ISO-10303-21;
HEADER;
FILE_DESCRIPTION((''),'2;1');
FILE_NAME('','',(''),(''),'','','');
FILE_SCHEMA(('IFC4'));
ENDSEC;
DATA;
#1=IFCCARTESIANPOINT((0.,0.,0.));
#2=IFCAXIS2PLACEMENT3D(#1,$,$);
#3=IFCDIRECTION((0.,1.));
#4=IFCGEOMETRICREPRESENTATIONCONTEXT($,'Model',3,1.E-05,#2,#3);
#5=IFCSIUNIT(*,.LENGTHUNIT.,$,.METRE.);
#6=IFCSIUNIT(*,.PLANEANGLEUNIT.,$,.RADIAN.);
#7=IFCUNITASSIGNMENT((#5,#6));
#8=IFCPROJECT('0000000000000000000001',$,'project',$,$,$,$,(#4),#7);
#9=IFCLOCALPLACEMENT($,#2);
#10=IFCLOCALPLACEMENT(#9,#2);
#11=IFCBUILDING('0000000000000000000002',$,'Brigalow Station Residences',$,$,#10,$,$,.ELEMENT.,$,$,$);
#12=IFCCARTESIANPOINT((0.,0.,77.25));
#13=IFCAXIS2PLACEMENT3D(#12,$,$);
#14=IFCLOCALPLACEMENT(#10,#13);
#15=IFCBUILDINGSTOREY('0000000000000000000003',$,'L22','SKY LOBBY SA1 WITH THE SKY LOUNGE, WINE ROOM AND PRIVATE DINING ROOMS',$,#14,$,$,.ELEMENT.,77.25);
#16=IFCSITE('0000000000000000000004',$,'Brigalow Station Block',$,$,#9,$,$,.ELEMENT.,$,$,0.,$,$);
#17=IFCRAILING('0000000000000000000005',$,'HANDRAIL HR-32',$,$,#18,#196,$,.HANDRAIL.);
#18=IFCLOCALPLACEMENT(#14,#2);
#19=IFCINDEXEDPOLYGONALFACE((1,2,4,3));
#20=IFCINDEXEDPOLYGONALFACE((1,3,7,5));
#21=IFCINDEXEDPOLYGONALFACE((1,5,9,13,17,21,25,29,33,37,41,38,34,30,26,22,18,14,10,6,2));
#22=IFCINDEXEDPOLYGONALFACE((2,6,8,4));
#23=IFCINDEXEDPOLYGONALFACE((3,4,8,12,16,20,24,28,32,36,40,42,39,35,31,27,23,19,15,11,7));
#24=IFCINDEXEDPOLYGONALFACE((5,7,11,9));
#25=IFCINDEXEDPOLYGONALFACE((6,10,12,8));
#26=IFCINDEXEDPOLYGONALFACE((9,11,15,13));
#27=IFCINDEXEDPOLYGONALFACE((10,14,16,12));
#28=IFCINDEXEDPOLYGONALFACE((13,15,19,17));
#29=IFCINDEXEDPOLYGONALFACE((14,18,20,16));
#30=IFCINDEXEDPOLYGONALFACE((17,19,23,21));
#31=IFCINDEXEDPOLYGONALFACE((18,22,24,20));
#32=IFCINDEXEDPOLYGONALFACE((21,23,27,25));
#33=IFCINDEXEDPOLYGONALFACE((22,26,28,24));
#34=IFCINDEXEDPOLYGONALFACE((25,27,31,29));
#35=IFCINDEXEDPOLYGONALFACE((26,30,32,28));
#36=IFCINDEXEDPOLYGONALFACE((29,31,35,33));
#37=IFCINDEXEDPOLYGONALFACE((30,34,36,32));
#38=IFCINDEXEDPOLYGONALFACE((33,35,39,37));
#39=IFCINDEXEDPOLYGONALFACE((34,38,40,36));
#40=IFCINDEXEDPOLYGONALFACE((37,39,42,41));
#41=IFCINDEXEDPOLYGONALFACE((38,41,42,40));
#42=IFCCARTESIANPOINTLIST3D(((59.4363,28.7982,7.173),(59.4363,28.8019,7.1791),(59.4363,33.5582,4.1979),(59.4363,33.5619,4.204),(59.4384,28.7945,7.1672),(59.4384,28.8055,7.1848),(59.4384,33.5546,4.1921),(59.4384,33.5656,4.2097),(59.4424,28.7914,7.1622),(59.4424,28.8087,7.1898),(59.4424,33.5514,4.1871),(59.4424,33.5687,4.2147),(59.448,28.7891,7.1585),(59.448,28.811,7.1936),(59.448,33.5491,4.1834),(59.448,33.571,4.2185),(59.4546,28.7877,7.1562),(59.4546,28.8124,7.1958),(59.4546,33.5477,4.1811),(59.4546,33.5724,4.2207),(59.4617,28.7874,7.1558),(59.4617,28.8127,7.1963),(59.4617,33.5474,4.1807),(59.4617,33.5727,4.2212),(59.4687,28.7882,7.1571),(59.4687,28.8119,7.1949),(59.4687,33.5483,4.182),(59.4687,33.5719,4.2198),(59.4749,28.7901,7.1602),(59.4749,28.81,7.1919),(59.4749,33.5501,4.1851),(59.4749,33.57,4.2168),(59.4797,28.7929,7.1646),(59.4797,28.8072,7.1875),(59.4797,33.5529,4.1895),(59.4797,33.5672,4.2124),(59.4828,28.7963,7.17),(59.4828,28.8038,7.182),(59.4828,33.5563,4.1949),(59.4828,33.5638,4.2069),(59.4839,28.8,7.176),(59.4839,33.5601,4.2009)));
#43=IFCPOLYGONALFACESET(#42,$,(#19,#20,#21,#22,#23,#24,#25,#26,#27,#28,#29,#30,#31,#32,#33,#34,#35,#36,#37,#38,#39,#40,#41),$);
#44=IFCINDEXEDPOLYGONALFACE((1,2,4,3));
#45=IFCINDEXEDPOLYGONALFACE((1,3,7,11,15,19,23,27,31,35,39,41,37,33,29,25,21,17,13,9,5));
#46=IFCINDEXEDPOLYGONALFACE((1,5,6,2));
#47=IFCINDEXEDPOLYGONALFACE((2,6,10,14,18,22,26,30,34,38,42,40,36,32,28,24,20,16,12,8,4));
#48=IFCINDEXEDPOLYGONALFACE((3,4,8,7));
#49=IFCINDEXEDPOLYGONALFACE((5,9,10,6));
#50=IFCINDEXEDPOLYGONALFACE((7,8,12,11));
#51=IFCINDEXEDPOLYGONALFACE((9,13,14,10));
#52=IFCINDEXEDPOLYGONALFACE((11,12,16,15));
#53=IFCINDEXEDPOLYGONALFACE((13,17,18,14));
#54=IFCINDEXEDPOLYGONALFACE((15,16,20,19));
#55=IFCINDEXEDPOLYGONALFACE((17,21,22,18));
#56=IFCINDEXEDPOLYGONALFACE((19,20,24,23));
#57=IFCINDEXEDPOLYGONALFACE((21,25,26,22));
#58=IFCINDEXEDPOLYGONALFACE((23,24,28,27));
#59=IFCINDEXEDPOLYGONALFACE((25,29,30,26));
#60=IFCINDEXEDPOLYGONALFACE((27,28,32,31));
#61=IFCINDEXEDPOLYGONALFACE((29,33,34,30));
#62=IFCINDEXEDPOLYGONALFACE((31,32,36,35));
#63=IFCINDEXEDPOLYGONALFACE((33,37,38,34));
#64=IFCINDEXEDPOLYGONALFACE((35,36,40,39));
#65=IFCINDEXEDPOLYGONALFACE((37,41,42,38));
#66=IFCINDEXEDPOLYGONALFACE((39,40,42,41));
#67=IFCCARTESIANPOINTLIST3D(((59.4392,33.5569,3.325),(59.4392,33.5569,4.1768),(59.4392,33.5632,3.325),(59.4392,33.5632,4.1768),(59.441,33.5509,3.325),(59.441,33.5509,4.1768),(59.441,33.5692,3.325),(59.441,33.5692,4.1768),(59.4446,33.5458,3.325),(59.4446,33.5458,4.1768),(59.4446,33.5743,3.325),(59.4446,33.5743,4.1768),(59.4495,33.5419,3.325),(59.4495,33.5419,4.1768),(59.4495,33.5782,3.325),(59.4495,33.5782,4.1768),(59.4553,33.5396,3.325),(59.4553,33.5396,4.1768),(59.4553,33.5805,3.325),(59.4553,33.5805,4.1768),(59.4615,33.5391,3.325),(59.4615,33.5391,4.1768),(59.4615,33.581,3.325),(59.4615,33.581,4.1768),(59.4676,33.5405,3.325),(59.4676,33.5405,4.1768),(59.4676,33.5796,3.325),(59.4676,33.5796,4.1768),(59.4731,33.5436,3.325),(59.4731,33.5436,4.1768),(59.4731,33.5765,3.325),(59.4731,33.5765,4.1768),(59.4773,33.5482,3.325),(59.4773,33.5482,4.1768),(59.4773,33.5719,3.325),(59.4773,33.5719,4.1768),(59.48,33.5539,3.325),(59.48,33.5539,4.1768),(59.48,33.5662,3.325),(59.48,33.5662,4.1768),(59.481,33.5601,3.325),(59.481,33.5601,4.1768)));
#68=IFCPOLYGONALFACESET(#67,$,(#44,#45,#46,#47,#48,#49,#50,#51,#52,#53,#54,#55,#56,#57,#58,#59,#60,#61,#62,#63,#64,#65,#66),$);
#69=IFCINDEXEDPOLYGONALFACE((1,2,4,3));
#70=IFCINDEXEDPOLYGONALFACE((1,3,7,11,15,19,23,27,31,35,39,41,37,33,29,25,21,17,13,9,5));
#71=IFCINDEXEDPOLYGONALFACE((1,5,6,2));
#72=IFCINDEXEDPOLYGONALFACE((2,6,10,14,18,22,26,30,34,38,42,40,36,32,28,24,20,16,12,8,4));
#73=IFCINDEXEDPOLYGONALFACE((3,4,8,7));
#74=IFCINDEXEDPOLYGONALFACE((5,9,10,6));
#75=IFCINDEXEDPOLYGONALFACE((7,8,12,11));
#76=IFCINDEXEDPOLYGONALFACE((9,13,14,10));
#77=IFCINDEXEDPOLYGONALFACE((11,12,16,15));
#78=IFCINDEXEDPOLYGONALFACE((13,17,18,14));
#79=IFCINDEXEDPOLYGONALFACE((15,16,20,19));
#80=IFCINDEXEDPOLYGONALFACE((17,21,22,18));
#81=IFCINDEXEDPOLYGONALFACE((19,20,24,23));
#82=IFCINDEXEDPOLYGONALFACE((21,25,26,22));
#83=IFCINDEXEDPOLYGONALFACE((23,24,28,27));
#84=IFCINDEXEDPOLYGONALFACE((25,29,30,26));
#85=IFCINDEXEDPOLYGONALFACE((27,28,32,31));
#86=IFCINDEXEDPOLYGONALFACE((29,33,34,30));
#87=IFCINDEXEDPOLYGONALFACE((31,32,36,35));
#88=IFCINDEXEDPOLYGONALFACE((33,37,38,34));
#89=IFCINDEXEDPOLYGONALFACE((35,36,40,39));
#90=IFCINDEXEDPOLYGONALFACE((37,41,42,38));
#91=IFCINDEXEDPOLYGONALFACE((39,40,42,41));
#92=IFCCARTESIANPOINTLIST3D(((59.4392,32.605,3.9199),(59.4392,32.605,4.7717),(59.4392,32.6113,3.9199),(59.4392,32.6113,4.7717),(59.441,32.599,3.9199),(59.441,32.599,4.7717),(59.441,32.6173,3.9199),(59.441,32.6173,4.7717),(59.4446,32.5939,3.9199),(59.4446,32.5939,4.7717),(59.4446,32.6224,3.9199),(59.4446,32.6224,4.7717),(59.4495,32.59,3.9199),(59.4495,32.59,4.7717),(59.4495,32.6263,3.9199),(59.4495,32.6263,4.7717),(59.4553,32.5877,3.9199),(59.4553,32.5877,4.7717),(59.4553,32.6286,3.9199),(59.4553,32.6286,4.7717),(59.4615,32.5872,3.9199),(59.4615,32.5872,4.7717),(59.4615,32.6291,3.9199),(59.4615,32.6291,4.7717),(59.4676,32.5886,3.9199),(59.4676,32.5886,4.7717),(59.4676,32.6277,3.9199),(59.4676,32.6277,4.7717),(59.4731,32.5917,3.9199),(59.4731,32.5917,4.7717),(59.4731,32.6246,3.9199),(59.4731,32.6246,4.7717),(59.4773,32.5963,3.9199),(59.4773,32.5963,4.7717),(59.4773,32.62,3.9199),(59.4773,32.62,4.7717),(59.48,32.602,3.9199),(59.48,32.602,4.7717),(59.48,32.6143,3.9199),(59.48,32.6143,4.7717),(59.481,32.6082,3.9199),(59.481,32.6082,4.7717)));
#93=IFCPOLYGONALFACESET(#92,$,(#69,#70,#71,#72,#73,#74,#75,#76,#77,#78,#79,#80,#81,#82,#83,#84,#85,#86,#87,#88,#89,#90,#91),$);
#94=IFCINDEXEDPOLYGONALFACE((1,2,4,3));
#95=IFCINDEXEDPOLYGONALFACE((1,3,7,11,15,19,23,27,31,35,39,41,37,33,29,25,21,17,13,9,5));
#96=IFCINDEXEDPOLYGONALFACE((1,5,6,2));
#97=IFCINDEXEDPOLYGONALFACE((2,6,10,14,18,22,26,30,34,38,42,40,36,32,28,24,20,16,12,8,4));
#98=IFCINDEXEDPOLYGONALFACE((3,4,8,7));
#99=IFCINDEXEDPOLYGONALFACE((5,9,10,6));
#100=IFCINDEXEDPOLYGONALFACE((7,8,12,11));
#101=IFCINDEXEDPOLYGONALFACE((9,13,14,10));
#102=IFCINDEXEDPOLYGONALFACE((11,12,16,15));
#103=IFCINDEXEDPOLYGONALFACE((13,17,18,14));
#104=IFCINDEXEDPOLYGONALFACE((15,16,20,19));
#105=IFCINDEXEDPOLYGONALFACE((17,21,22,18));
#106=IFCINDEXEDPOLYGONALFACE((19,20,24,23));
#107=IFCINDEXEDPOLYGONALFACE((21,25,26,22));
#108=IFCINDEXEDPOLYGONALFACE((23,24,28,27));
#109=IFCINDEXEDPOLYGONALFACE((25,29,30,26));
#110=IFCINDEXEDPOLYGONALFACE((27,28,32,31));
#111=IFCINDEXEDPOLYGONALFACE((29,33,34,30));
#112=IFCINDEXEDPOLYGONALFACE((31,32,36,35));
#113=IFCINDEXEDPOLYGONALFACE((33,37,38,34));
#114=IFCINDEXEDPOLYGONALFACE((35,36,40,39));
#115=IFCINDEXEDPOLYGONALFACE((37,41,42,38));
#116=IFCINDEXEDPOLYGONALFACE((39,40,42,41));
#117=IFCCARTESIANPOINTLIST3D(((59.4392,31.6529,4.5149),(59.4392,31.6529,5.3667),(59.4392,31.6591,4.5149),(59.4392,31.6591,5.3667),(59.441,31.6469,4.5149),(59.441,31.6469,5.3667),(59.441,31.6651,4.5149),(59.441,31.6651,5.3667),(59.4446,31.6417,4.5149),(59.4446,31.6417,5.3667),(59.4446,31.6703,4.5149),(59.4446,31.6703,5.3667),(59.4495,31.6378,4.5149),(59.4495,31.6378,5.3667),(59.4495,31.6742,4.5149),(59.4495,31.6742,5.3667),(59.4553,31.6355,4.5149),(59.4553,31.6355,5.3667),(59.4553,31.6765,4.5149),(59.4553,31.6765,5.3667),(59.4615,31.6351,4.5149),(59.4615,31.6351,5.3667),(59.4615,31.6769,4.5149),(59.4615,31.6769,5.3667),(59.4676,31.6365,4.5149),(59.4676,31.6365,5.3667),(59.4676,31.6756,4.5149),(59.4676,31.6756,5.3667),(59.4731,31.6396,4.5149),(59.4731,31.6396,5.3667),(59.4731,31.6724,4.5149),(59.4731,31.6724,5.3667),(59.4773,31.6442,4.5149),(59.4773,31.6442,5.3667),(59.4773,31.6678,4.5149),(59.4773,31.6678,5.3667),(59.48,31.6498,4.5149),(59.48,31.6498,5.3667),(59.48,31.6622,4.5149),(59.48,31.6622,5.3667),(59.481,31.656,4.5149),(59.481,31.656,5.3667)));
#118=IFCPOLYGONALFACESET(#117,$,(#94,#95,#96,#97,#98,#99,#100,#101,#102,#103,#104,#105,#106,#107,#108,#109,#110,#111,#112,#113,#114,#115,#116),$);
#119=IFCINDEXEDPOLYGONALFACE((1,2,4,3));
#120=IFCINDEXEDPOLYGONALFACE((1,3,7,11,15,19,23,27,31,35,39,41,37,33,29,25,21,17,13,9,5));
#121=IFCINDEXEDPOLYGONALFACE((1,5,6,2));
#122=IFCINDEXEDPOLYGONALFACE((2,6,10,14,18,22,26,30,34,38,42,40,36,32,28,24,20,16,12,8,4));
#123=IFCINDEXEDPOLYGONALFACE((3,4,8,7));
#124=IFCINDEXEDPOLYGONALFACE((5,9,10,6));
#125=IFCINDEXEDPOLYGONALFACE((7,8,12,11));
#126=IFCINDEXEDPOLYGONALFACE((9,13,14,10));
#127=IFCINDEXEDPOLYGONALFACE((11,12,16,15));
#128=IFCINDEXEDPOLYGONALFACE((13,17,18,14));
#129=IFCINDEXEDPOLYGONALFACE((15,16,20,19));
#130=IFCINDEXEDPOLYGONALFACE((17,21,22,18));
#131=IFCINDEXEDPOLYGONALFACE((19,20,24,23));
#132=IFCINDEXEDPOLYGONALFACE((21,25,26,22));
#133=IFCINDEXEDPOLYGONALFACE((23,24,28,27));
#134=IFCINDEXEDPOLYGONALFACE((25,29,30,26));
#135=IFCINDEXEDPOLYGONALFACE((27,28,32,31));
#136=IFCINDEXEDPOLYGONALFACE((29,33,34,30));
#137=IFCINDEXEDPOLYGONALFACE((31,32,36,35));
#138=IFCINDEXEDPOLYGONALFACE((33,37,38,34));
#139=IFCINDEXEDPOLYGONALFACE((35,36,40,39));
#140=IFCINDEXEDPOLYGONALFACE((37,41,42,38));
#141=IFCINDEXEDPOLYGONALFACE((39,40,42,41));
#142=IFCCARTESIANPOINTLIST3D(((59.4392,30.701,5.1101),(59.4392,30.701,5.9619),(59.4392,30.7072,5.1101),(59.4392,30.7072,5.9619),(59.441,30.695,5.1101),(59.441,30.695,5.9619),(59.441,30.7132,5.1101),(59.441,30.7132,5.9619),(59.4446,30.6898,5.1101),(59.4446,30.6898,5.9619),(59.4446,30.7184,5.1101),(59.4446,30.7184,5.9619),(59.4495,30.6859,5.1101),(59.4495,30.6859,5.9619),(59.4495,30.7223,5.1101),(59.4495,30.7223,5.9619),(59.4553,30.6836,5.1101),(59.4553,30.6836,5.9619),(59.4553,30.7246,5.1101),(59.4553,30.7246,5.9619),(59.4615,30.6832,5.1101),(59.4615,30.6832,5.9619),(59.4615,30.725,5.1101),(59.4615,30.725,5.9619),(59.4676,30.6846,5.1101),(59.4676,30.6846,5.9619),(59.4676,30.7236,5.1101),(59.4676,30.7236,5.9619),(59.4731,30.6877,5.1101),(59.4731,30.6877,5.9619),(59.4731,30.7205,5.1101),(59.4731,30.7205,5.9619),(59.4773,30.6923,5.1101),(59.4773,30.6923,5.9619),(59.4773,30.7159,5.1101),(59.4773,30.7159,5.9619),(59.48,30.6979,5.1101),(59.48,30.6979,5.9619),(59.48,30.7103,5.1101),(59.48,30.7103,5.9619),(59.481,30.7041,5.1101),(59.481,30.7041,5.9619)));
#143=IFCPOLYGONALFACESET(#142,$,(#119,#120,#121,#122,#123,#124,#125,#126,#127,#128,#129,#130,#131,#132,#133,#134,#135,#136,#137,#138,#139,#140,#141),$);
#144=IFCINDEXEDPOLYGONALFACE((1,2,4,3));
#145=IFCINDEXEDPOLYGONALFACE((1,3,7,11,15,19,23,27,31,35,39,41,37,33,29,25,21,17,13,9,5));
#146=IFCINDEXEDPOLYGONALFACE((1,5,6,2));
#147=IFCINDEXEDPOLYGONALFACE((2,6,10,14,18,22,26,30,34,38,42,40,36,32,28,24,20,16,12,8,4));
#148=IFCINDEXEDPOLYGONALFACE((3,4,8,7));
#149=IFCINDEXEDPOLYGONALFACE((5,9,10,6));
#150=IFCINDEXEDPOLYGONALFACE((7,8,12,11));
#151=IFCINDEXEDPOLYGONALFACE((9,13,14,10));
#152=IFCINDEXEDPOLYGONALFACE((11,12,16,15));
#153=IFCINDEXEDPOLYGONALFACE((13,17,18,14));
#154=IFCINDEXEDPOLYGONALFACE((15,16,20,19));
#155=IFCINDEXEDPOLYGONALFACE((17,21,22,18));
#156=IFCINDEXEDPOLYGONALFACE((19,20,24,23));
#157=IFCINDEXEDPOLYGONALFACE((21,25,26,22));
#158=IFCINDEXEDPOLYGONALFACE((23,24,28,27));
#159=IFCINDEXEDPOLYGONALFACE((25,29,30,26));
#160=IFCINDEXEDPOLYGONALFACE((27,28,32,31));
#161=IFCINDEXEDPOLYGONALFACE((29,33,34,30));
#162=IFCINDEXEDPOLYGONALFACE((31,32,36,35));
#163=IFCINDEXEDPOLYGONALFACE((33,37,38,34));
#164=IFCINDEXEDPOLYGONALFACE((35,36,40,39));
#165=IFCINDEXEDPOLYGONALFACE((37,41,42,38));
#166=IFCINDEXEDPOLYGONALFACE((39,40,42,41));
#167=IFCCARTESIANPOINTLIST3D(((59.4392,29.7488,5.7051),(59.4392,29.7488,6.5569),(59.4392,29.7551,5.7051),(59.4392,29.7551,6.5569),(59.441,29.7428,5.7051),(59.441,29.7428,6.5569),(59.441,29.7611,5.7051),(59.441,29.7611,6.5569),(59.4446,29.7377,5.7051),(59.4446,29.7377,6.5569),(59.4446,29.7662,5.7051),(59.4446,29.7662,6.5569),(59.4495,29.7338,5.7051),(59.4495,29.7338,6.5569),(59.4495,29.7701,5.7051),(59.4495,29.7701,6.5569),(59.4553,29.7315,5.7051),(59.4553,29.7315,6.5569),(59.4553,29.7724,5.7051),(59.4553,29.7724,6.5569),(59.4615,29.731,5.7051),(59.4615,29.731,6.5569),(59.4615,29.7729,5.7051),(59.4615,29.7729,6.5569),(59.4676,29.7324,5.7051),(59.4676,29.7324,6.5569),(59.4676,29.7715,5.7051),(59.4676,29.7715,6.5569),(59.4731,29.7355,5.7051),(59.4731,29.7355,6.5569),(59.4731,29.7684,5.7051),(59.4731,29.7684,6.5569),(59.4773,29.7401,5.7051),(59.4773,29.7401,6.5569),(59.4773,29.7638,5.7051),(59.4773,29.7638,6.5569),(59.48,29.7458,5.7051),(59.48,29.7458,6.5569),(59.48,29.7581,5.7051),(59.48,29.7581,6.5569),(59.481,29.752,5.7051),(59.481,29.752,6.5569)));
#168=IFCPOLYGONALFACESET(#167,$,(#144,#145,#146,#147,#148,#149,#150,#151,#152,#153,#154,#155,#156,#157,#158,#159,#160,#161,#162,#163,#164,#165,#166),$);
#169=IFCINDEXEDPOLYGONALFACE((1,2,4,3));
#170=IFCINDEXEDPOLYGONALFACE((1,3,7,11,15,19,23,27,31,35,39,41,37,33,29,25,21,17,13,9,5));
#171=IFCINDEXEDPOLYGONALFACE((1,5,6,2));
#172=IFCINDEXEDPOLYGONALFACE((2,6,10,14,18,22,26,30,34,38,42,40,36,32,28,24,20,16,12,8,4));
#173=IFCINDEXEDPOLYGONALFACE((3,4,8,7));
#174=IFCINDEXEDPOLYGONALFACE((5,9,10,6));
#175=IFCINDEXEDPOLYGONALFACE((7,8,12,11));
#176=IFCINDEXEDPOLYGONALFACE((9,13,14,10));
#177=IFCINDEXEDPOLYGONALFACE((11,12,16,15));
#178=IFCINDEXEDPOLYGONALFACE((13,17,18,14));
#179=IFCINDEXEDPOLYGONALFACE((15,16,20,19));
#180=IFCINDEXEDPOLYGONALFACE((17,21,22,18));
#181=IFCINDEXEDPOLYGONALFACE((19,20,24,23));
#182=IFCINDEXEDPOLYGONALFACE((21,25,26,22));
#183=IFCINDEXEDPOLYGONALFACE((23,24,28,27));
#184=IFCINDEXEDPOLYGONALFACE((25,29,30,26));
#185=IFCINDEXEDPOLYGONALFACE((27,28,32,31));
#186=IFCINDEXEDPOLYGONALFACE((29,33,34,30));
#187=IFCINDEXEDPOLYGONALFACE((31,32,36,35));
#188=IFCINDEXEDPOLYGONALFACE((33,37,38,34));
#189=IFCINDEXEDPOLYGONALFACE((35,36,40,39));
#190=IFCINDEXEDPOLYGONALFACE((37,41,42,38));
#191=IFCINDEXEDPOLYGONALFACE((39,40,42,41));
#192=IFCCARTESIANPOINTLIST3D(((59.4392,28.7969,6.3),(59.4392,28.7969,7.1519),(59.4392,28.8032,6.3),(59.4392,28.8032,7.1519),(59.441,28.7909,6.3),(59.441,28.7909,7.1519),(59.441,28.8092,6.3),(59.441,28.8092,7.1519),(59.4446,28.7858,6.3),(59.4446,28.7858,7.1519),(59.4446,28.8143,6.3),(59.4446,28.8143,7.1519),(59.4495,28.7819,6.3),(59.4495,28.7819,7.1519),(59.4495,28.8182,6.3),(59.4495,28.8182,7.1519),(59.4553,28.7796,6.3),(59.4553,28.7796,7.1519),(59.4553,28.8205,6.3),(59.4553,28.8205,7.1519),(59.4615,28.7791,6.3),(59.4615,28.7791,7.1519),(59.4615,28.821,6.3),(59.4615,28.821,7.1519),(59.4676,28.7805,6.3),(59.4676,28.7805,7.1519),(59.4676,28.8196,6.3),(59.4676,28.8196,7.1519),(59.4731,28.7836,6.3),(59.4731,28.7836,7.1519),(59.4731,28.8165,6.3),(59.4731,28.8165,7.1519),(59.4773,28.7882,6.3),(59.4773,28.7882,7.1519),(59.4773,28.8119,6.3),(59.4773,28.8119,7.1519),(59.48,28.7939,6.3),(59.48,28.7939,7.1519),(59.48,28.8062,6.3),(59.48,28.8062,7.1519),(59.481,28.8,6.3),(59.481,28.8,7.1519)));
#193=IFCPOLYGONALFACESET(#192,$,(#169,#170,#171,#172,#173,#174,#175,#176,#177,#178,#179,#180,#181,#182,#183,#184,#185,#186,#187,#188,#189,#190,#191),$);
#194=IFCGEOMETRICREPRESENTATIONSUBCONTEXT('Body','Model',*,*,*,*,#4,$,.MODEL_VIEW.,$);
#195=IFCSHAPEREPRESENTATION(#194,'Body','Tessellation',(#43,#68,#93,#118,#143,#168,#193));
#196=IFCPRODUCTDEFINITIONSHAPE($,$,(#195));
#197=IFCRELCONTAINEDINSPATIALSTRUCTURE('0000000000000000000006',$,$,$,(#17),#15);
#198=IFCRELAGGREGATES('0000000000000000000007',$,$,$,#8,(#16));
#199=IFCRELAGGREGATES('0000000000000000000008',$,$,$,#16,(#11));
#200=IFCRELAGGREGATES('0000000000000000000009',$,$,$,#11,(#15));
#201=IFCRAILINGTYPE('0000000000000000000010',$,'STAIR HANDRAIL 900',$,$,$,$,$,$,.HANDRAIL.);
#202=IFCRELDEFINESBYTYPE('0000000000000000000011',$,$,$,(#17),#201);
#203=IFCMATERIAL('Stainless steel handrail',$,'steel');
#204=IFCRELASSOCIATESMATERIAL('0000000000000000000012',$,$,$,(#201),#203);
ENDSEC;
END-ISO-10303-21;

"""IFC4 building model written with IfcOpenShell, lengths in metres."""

from ifc_helpers import new_model, si_unit, direction, frame, origin, origin_2d, place, context, subcontext, project, spatial, circle, extrude, material, type_object, element, save


model = new_model("IFC4")

# Units and contexts
model_context = context("Model", 3, precision=1e-05, world=origin(), true_north=direction((0.0, 1.0)))
body_context = subcontext(model_context, "Body", "Model", "MODEL_VIEW")
ifc_project = project(units=[si_unit("LENGTHUNIT", "METRE"), si_unit("PLANEANGLEUNIT", "RADIAN")], contexts=[model_context])

# Site, building, storey
site_placement = place(None, origin())
site = spatial("IfcSite", under=ifc_project, at=site_placement, Name="Brigalow Station Block", CompositionType="ELEMENT", RefElevation=0.0)
building_placement = place(site_placement, origin())
building = spatial("IfcBuilding", under=site, at=building_placement, Name="Brigalow Station Residences", CompositionType="ELEMENT")
storey_placement = place(building_placement, frame((0.0, 0.0, 77.25)))
storey = spatial("IfcBuildingStorey", under=building, at=storey_placement, Name="L22", Description="SKY LOBBY SA1 WITH THE SKY LOUNGE, WINE ROOM AND PRIVATE DINING ROOMS", CompositionType="ELEMENT", Elevation=77.25)

# Railing
ifc_material_1 = material(Name="Stainless steel handrail", Category="steel")
railing_type_1 = type_object("IfcRailingType", Name="STAIR HANDRAIL 900", PredefinedType="HANDRAIL", material=ifc_material_1)
railing_1_placement = place(storey_placement, frame((59.46, 33.5601, 3.325)))
element("IfcRailing", 1, at=railing_1_placement, inside=storey, type_object=railing_type_1, Name="HANDRAIL HR-32", PredefinedType="HANDRAIL", context=body_context, shape_type="SweptSolid", body=[
    extrude(circle(Radius=0.0239, at=origin_2d()), frame((0.0, 0.0, 0.876), z_axis=(0.0, -0.847991, 0.530011), x_axis=(1.0, 0.0, 0.0)), (0.0, 0.0, 1.0), 5.6133),
    extrude(circle(Radius=0.021, at=origin_2d()), origin(), (0.0, 0.0, 1.0), 0.8518),
    extrude(circle(Radius=0.021, at=origin_2d()), frame((0.0, -0.9519, 0.595)), (0.0, 0.0, 1.0), 0.8518),
    extrude(circle(Radius=0.021, at=origin_2d()), frame((0.0, -1.9041, 1.1899)), (0.0, 0.0, 1.0), 0.8518),
    extrude(circle(Radius=0.021, at=origin_2d()), frame((0.0, -2.856, 1.7852)), (0.0, 0.0, 1.0), 0.8518),
    extrude(circle(Radius=0.021, at=origin_2d()), frame((0.0, -3.8081, 2.3801)), (0.0, 0.0, 1.0), 0.8518),
    extrude(circle(Radius=0.021, at=origin_2d()), frame((0.0, -4.76, 2.9751)), (0.0, 0.0, 1.0), 0.8518),
])

save(model, "model.ifc")
